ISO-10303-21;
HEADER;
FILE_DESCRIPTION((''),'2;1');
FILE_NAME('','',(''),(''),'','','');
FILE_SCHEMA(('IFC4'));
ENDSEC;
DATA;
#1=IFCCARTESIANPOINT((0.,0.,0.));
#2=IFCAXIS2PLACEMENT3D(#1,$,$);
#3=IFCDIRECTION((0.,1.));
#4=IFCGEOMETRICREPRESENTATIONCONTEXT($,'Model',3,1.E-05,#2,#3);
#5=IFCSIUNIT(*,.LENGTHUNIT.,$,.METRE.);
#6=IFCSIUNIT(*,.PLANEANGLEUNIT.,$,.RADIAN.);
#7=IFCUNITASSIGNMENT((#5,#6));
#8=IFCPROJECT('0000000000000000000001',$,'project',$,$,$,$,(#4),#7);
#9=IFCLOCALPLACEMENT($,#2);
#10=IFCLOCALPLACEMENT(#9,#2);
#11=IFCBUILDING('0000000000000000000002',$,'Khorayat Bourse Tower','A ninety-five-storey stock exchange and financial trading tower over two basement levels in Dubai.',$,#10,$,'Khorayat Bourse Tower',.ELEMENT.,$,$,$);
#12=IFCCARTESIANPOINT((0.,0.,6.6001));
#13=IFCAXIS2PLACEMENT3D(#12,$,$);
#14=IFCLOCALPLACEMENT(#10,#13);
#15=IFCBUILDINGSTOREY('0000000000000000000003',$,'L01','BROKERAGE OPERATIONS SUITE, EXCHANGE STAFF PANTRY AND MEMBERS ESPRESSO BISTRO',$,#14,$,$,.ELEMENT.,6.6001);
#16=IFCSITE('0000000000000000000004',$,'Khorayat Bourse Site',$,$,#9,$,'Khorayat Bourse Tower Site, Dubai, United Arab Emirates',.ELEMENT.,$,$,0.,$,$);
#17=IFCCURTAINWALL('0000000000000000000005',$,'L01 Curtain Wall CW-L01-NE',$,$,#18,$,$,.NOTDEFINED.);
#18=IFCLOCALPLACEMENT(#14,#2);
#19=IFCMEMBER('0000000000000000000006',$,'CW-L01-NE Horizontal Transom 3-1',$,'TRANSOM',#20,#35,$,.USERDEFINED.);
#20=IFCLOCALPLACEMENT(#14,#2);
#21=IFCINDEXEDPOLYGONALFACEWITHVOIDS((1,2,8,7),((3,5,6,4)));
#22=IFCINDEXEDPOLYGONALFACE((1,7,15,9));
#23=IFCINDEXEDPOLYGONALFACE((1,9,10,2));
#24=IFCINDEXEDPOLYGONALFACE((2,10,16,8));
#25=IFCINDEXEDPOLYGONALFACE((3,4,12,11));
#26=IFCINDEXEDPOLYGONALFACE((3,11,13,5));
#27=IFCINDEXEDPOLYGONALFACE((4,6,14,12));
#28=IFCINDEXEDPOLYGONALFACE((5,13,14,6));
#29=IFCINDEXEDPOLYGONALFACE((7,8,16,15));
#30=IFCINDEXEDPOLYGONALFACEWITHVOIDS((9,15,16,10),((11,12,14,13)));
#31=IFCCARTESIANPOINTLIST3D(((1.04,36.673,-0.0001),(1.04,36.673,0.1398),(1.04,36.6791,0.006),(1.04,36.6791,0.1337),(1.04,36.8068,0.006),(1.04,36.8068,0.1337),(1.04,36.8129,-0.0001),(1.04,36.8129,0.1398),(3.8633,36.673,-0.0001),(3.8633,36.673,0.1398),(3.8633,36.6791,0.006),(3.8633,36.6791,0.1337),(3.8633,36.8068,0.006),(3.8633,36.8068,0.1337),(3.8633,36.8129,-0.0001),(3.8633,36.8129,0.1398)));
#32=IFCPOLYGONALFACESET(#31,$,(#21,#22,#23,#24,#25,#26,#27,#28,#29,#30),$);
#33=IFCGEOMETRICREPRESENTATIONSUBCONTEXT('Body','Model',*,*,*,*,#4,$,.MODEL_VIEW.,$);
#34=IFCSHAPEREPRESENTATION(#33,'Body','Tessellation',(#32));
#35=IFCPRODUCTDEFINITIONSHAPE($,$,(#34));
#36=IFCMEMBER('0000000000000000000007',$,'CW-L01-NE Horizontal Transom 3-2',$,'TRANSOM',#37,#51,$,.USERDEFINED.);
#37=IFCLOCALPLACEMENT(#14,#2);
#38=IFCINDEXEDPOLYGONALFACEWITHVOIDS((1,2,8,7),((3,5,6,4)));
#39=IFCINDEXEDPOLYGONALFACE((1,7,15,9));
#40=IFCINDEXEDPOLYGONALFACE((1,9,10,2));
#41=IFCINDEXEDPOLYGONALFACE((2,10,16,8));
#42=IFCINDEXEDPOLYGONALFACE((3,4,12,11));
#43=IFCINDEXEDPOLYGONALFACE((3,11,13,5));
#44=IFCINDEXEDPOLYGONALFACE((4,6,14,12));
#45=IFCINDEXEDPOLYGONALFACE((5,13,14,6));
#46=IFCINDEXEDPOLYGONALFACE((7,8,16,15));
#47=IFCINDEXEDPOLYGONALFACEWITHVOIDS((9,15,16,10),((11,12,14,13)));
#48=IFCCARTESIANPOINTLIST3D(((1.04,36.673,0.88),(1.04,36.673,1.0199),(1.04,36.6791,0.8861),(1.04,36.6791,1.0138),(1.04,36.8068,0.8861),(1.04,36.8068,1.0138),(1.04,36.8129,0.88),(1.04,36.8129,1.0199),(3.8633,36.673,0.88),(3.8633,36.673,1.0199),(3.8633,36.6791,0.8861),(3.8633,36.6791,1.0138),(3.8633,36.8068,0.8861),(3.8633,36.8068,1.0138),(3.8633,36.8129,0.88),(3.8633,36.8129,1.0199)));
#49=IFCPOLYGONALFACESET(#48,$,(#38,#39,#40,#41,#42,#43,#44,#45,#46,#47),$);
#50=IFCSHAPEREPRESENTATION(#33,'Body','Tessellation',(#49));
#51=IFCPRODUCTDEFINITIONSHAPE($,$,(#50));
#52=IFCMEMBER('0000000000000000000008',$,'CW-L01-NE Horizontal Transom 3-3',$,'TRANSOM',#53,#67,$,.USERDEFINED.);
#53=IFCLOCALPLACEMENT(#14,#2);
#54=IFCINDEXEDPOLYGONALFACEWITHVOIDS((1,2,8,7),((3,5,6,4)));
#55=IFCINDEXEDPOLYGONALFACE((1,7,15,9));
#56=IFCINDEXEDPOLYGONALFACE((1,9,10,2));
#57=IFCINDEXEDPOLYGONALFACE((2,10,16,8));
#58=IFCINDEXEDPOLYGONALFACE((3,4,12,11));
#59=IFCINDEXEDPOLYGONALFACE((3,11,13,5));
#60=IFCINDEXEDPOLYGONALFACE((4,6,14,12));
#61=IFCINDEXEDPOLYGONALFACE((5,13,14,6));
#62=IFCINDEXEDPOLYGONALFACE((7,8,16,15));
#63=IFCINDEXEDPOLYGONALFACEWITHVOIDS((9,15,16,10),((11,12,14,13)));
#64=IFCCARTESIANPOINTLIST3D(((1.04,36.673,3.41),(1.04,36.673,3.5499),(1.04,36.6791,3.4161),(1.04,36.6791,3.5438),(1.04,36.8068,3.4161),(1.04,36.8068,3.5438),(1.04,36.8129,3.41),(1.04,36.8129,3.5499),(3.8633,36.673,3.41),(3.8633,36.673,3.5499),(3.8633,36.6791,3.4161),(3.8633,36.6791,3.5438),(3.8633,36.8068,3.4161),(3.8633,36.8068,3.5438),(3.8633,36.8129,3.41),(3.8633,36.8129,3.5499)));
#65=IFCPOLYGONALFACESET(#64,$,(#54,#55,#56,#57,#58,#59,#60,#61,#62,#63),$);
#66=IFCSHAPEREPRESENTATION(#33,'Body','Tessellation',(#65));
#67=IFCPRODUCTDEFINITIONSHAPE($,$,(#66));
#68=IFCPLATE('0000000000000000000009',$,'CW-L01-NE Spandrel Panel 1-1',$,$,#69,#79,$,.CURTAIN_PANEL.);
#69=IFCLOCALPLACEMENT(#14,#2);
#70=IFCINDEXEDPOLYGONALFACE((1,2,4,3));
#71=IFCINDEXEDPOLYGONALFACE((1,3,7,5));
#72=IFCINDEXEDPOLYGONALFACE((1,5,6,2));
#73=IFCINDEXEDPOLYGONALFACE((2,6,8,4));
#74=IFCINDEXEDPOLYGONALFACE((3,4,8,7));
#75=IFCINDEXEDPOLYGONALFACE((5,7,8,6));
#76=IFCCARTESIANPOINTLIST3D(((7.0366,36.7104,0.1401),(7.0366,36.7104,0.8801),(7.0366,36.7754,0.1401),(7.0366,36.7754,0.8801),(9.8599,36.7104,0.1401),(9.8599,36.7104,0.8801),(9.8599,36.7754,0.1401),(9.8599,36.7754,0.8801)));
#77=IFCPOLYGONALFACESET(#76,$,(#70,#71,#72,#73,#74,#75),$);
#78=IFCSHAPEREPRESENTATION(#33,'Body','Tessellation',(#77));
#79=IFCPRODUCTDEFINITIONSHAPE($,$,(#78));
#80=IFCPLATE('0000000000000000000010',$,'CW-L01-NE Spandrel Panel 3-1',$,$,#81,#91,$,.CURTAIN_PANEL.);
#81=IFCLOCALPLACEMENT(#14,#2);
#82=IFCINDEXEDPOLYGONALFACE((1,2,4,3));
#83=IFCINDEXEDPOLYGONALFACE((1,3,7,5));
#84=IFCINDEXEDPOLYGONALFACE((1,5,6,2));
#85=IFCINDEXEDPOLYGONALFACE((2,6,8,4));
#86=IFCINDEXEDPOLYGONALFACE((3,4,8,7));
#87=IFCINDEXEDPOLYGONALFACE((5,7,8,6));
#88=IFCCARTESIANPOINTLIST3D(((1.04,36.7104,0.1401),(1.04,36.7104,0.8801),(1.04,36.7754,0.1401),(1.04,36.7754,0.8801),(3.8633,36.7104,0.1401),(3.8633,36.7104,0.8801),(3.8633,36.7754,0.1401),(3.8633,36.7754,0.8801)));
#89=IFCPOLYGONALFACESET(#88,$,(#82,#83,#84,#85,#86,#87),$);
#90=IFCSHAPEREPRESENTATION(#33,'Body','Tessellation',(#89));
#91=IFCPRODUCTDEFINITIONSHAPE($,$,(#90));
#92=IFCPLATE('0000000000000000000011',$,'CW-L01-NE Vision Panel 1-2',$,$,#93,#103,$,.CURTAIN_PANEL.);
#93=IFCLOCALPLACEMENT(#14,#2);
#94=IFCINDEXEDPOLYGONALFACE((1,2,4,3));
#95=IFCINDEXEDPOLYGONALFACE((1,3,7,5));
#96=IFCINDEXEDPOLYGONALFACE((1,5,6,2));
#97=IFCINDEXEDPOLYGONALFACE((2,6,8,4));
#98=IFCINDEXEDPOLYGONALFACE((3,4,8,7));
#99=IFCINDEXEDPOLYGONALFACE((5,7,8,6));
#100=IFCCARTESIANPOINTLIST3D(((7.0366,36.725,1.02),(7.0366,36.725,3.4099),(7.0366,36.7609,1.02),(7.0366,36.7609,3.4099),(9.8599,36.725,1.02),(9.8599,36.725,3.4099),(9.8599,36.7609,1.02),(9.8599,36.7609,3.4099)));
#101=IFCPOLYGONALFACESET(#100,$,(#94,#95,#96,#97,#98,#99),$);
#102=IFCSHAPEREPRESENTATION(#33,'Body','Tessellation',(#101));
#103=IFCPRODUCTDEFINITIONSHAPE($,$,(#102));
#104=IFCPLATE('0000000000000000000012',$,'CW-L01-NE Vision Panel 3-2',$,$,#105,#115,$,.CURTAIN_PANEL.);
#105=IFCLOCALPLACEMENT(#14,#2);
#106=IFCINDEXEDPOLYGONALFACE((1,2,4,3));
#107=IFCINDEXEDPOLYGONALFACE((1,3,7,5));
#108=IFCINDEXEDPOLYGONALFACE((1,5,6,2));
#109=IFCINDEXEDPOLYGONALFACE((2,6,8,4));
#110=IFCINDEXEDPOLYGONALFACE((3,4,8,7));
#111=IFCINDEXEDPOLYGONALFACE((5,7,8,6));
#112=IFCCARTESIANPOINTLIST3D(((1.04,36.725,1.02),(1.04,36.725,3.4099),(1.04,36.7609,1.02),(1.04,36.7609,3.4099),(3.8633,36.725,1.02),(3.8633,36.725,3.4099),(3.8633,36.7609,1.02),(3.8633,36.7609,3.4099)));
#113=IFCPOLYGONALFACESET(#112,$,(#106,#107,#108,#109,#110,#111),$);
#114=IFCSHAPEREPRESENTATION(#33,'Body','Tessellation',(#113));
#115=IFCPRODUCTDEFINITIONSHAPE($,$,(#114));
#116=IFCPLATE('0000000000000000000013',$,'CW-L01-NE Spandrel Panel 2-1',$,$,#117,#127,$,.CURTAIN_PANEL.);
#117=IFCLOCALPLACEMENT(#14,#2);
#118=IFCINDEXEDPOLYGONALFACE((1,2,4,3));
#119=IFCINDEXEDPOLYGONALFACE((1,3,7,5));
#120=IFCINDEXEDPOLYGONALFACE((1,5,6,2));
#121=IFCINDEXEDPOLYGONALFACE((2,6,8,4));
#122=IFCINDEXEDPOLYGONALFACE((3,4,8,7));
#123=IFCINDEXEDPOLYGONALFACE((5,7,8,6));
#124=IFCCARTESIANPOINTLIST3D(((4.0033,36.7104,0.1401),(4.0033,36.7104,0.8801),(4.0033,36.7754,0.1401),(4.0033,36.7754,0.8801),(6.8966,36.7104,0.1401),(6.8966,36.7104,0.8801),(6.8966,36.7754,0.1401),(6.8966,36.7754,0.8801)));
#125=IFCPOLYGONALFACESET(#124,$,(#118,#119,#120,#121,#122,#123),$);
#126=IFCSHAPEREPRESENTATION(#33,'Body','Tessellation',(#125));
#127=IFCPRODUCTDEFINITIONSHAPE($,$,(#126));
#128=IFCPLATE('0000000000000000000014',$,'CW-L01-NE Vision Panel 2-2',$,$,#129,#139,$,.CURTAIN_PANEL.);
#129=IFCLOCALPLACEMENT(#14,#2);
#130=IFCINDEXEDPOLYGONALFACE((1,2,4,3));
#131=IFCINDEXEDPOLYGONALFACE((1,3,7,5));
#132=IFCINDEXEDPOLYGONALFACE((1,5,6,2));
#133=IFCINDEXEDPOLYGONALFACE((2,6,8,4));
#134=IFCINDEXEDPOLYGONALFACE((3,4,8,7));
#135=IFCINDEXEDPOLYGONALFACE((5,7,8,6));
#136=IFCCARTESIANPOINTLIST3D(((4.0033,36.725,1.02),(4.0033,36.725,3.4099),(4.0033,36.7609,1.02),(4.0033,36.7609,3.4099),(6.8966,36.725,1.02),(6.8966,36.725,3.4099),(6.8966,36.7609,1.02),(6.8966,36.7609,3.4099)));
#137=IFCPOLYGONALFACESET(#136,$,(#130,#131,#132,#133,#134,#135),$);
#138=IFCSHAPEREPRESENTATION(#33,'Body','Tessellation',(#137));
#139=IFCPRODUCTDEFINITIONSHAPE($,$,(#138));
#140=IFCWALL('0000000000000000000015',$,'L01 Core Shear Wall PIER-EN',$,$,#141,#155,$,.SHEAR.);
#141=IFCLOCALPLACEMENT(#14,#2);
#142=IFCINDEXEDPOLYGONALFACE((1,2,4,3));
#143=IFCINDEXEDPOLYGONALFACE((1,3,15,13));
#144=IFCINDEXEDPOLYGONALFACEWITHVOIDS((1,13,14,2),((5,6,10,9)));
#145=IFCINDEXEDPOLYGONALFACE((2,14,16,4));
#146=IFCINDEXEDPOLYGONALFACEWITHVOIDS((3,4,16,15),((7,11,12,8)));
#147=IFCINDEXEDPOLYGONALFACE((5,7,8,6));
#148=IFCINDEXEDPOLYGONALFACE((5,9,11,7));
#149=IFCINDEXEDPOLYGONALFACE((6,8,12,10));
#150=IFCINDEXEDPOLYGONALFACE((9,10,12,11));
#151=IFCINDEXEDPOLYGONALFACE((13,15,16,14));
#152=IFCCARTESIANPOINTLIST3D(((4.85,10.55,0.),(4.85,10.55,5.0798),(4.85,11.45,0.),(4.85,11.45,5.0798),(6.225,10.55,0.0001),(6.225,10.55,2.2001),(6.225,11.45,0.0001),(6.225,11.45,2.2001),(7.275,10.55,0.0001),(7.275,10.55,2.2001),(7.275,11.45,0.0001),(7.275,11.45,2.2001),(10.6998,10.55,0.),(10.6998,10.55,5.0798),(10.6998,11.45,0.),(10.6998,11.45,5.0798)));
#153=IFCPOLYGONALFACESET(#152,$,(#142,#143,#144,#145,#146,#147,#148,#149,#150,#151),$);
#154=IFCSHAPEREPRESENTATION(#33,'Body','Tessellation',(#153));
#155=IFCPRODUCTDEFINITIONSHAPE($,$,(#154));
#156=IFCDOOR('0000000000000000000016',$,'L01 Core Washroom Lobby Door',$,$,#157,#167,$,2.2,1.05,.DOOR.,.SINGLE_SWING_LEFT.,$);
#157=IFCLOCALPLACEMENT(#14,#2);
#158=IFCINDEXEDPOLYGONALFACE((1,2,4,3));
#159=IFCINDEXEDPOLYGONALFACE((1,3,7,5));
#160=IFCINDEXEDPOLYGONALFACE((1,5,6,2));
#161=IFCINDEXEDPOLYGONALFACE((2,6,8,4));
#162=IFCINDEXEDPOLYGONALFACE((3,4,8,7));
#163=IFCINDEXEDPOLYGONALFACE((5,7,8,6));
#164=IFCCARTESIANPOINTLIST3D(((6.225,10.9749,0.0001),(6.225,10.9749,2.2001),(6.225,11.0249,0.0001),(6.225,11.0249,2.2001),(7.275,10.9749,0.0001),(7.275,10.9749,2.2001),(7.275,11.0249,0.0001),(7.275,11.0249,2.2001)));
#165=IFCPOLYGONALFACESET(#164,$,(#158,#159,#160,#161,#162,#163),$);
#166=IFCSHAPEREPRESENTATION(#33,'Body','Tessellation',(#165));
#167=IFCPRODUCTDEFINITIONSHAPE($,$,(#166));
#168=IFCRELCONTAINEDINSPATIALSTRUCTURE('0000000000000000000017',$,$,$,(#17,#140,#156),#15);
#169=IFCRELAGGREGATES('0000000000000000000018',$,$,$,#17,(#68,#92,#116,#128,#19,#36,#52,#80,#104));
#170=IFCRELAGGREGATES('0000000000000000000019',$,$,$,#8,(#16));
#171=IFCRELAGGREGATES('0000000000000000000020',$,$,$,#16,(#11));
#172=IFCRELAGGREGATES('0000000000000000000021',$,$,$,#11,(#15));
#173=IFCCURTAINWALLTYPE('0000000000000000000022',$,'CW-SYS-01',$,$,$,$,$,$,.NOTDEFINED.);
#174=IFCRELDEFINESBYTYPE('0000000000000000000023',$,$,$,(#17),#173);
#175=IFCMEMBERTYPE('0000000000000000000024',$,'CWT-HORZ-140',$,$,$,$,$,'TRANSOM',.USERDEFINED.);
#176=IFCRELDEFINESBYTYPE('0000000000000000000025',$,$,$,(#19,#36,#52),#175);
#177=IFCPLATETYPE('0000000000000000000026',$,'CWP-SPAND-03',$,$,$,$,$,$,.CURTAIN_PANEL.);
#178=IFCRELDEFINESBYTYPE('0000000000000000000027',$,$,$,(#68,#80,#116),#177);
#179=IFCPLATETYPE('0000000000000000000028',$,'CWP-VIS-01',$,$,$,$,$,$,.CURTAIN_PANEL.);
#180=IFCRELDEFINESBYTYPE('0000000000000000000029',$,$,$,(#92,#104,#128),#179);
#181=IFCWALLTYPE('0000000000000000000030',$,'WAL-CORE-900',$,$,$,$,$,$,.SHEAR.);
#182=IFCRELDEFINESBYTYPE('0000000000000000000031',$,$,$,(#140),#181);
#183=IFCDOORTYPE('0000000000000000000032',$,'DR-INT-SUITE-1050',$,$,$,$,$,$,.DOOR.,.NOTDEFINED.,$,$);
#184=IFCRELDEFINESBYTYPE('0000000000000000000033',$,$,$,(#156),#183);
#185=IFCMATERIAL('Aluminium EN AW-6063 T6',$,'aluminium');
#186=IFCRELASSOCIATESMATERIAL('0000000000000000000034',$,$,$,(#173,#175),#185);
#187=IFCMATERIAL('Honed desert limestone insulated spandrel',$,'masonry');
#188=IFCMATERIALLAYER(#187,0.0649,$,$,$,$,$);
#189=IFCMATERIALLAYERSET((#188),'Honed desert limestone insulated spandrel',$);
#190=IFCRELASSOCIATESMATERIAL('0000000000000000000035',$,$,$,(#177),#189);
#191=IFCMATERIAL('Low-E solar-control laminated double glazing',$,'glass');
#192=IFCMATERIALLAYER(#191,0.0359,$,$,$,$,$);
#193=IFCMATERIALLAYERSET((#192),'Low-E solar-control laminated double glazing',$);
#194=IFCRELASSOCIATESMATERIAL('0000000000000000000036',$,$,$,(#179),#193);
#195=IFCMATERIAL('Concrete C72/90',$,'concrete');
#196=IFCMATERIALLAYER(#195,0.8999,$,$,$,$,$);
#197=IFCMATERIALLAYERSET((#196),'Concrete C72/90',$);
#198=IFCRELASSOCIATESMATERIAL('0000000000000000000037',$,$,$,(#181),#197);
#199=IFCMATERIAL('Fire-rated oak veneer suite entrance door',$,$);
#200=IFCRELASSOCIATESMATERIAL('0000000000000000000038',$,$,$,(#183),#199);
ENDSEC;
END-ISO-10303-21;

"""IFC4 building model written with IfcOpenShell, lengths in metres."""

from ifc_helpers import new_model, si_unit, direction, frame, frame_2d, origin, origin_2d, place, context, subcontext, project, spatial, rectangle, hollow_rectangle, extrude, source, transform, mapped, material, layer, layer_set, material_profile, profile_set, type_object, element, fill, aggregate, save


model = new_model("IFC4")

# Units and contexts
model_context = context("Model", 3, precision=1e-05, world=origin(), true_north=direction((0.0, 1.0)))
body_context = subcontext(model_context, "Body", "Model", "MODEL_VIEW")
ifc_project = project(units=[si_unit("LENGTHUNIT", "METRE"), si_unit("PLANEANGLEUNIT", "RADIAN")], contexts=[model_context])

# Site, building, storey
site_placement = place(None, origin())
site = spatial("IfcSite", under=ifc_project, at=site_placement, Name="Khorayat Bourse Site", LongName="Khorayat Bourse Tower Site, Dubai, United Arab Emirates", CompositionType="ELEMENT", RefElevation=0.0)
building_placement = place(site_placement, origin())
building = spatial("IfcBuilding", under=site, at=building_placement, Name="Khorayat Bourse Tower", Description="A ninety-five-storey stock exchange and financial trading tower over two basement levels in Dubai.", LongName="Khorayat Bourse Tower", CompositionType="ELEMENT")
storey_placement = place(building_placement, frame((0.0, 0.0, 6.6001)))
storey = spatial("IfcBuildingStorey", under=building, at=storey_placement, Name="L01", Description="BROKERAGE OPERATIONS SUITE, EXCHANGE STAFF PANTRY AND MEMBERS ESPRESSO BISTRO", CompositionType="ELEMENT", Elevation=6.6001)

# Shared definitions
ifc_material_1 = material(Name="Concrete C72/90", Category="concrete")

# Shared definitions
ifc_material_2 = material(Name="Aluminium EN AW-6063 T6", Category="aluminium")
curtain_wall_type = type_object("IfcCurtainWallType", Name="CW-SYS-01", PredefinedType="NOTDEFINED", material=ifc_material_2)

# Curtain wall
curtain_wall_1_placement = place(storey_placement, origin())
curtain_wall_1 = element("IfcCurtainWall", 1, at=curtain_wall_1_placement, inside=storey, type_object=curtain_wall_type, Name="L01 Curtain Wall CW-L01-NE", PredefinedType="NOTDEFINED")
ifc_material_profile_1 = material_profile(ifc_material_2, hollow_rectangle(XDim=0.1399, YDim=0.1399, WallThickness=0.0061, at=origin_2d()), Name="ALU 140x140x6")
ifc_profile_set_1 = profile_set([ifc_material_profile_1], Name="Aluminium EN AW-6063 T6")
member_type_1 = type_object("IfcMemberType", Name="CWT-HORZ-140", ElementType="TRANSOM", PredefinedType="USERDEFINED", material=ifc_profile_set_1)

# Members
shared_shape_1 = source(origin(), body_context, "Body", "SweptSolid", [
    extrude(hollow_rectangle(XDim=0.1399, YDim=0.1399, WallThickness=0.0061, at=origin_2d()), origin(), (0.0, 0.0, 1.0), 2.8232),
])
member_1_placement = place(storey_placement, frame((3.8633, 36.7429, 0.0698), z_axis=(-1.0, 0.0, 0.0), x_axis=(0.0, -1.0, 0.0)))
member_1 = element("IfcMember", 2, at=member_1_placement, type_object=member_type_1, Name="CW-L01-NE Horizontal Transom 3-1", ObjectType="TRANSOM", PredefinedType="USERDEFINED", context=body_context, shape_type="MappedRepresentation", body=[
    mapped(shared_shape_1, transform((0.0, 0.0, 0.0), scale=1.0)),
])
member_2_placement = place(storey_placement, frame((3.8633, 36.7429, 0.95), z_axis=(-1.0, 0.0, 0.0), x_axis=(0.0, -1.0, 0.0)))
member_2 = element("IfcMember", 3, at=member_2_placement, type_object=member_type_1, Name="CW-L01-NE Horizontal Transom 3-2", ObjectType="TRANSOM", PredefinedType="USERDEFINED", context=body_context, shape_type="MappedRepresentation", body=[
    mapped(shared_shape_1, transform((0.0, 0.0, 0.0), scale=1.0)),
])
member_3_placement = place(storey_placement, frame((3.8633, 36.7429, 3.48), z_axis=(-1.0, 0.0, 0.0), x_axis=(0.0, -1.0, 0.0)))
member_3 = element("IfcMember", 4, at=member_3_placement, type_object=member_type_1, Name="CW-L01-NE Horizontal Transom 3-3", ObjectType="TRANSOM", PredefinedType="USERDEFINED", context=body_context, shape_type="MappedRepresentation", body=[
    mapped(shared_shape_1, transform((0.0, 0.0, 0.0), scale=1.0)),
])

# Plates
ifc_material_3 = material(Name="Honed desert limestone insulated spandrel", Category="masonry")
ifc_layer_1 = layer(ifc_material_3, 0.0649)
ifc_layer_set_1 = layer_set([ifc_layer_1], Name="Honed desert limestone insulated spandrel")
plate_type_1 = type_object("IfcPlateType", Name="CWP-SPAND-03", PredefinedType="CURTAIN_PANEL", material=ifc_layer_set_1)
shared_shape_2 = source(origin(), body_context, "Body", "SweptSolid", [
    extrude(rectangle(XDim=2.8232, YDim=0.0649, at=origin_2d()), origin(), (0.0, 0.0, 1.0), 0.74),
])
plate_1_placement = place(storey_placement, frame((8.4482, 36.7429, 0.1401), z_axis=(0.0, 0.0, 1.0), x_axis=(-1.0, 0.0, 0.0)))
plate_1 = element("IfcPlate", 5, at=plate_1_placement, type_object=plate_type_1, Name="CW-L01-NE Spandrel Panel 1-1", PredefinedType="CURTAIN_PANEL", context=body_context, shape_type="MappedRepresentation", body=[
    mapped(shared_shape_2, transform((0.0, 0.0, 0.0), scale=1.0)),
])
plate_2_placement = place(storey_placement, frame((2.4517, 36.7429, 0.1401), z_axis=(0.0, 0.0, 1.0), x_axis=(-1.0, 0.0, 0.0)))
plate_2 = element("IfcPlate", 6, at=plate_2_placement, type_object=plate_type_1, Name="CW-L01-NE Spandrel Panel 3-1", PredefinedType="CURTAIN_PANEL", context=body_context, shape_type="MappedRepresentation", body=[
    mapped(shared_shape_2, transform((0.0, 0.0, 0.0), scale=1.0)),
])
ifc_material_4 = material(Name="Low-E solar-control laminated double glazing", Category="glass")
ifc_layer_2 = layer(ifc_material_4, 0.0359)
ifc_layer_set_2 = layer_set([ifc_layer_2], Name="Low-E solar-control laminated double glazing")
plate_type_2 = type_object("IfcPlateType", Name="CWP-VIS-01", PredefinedType="CURTAIN_PANEL", material=ifc_layer_set_2)
shared_shape_3 = source(origin(), body_context, "Body", "SweptSolid", [
    extrude(rectangle(XDim=2.8232, YDim=0.0359, at=origin_2d()), origin(), (0.0, 0.0, 1.0), 2.3899),
])
plate_3_placement = place(storey_placement, frame((8.4482, 36.7429, 1.02), z_axis=(0.0, 0.0, 1.0), x_axis=(-1.0, 0.0, 0.0)))
plate_3 = element("IfcPlate", 7, at=plate_3_placement, type_object=plate_type_2, Name="CW-L01-NE Vision Panel 1-2", PredefinedType="CURTAIN_PANEL", context=body_context, shape_type="MappedRepresentation", body=[
    mapped(shared_shape_3, transform((0.0, 0.0, 0.0), scale=1.0)),
])
plate_4_placement = place(storey_placement, frame((2.4517, 36.7429, 1.02), z_axis=(0.0, 0.0, 1.0), x_axis=(-1.0, 0.0, 0.0)))
plate_4 = element("IfcPlate", 8, at=plate_4_placement, type_object=plate_type_2, Name="CW-L01-NE Vision Panel 3-2", PredefinedType="CURTAIN_PANEL", context=body_context, shape_type="MappedRepresentation", body=[
    mapped(shared_shape_3, transform((0.0, 0.0, 0.0), scale=1.0)),
])
shared_shape_4 = source(origin(), body_context, "Body", "SweptSolid", [
    extrude(rectangle(XDim=2.8933, YDim=0.0649, at=origin_2d()), origin(), (0.0, 0.0, 1.0), 0.74),
])
plate_5_placement = place(storey_placement, frame((5.45, 36.7429, 0.1401), z_axis=(0.0, 0.0, 1.0), x_axis=(-1.0, 0.0, 0.0)))
plate_5 = element("IfcPlate", 9, at=plate_5_placement, type_object=plate_type_1, Name="CW-L01-NE Spandrel Panel 2-1", PredefinedType="CURTAIN_PANEL", context=body_context, shape_type="MappedRepresentation", body=[
    mapped(shared_shape_4, transform((0.0, 0.0, 0.0), scale=1.0)),
])
shared_shape_5 = source(origin(), body_context, "Body", "SweptSolid", [
    extrude(rectangle(XDim=2.8933, YDim=0.0359, at=origin_2d()), origin(), (0.0, 0.0, 1.0), 2.3899),
])
plate_6_placement = place(storey_placement, frame((5.45, 36.7429, 1.02), z_axis=(0.0, 0.0, 1.0), x_axis=(-1.0, 0.0, 0.0)))
plate_6 = element("IfcPlate", 10, at=plate_6_placement, type_object=plate_type_2, Name="CW-L01-NE Vision Panel 2-2", PredefinedType="CURTAIN_PANEL", context=body_context, shape_type="MappedRepresentation", body=[
    mapped(shared_shape_5, transform((0.0, 0.0, 0.0), scale=1.0)),
])
aggregate(curtain_wall_1, [plate_1, plate_3, plate_5, plate_6, member_1, member_2, member_3, plate_2, plate_4])

# Wall, opening, door
ifc_layer_3 = layer(ifc_material_1, 0.8999)
ifc_layer_set_3 = layer_set([ifc_layer_3], Name="Concrete C72/90")
wall_type_1 = type_object("IfcWallType", Name="WAL-CORE-900", PredefinedType="SHEAR", material=ifc_layer_set_3)
shared_shape_6 = source(origin(), body_context, "Body", "SweptSolid", [
    extrude(rectangle(XDim=5.8499, YDim=0.8999, at=frame_2d((2.9248, 0.0))), origin(), (0.0, 0.0, 1.0), 5.0798),
])
wall_1_placement = place(storey_placement, frame((4.8501, 11.0, 0.0), z_axis=(0.0, 0.0, 1.0), x_axis=(1.0, 0.0, 0.0)))
wall_1 = element("IfcWall", 11, at=wall_1_placement, inside=storey, type_object=wall_type_1, Name="L01 Core Shear Wall PIER-EN", PredefinedType="SHEAR", context=body_context, shape_type="MappedRepresentation", body=[
    mapped(shared_shape_6, transform((0.0, 0.0, 0.0), scale=1.0)),
])
shared_shape_7 = source(origin(), body_context, "Body", "SweptSolid", [
    extrude(rectangle(XDim=1.05, YDim=2.2, at=frame_2d((0.5249, 1.1001))), frame((0.0, 0.46, 0.0), z_axis=(0.0, -1.0, 0.0), x_axis=(1.0, 0.0, 0.0)), (0.0, 0.0, 1.0), 0.9199),
])
opening_placement = place(wall_1_placement, frame((1.375, 0.0, 0.0)))
opening = element("IfcOpeningElement", 12, at=opening_placement, cuts=wall_1, PredefinedType="OPENING", context=body_context, shape_type="MappedRepresentation", body=[
    mapped(shared_shape_7, transform((0.0, 0.0, 0.0), scale=1.0)),
])
ifc_material_5 = material(Name="Fire-rated oak veneer suite entrance door")
door_type = type_object("IfcDoorType", Name="DR-INT-SUITE-1050", OperationType="NOTDEFINED", PredefinedType="DOOR", material=ifc_material_5)
shared_shape_8 = source(origin(), body_context, "Body", "SweptSolid", [
    extrude(rectangle(XDim=1.05, YDim=2.2, at=frame_2d((0.5249, 1.1001))), frame((0.0, 0.0249, 0.0), z_axis=(0.0, -1.0, 0.0), x_axis=(1.0, 0.0, 0.0)), (0.0, 0.0, 1.0), 0.05),
])
door_placement = place(opening_placement, origin())
door = element("IfcDoor", 13, at=door_placement, inside=storey, type_object=door_type, Name="L01 Core Washroom Lobby Door", OperationType="SINGLE_SWING_LEFT", OverallHeight=2.2, OverallWidth=1.05, PredefinedType="DOOR", context=body_context, shape_type="MappedRepresentation", body=[
    mapped(shared_shape_8, transform((0.0, 0.0, 0.0), scale=1.0)),
])
fill(opening, door)

save(model, "model.ifc")
